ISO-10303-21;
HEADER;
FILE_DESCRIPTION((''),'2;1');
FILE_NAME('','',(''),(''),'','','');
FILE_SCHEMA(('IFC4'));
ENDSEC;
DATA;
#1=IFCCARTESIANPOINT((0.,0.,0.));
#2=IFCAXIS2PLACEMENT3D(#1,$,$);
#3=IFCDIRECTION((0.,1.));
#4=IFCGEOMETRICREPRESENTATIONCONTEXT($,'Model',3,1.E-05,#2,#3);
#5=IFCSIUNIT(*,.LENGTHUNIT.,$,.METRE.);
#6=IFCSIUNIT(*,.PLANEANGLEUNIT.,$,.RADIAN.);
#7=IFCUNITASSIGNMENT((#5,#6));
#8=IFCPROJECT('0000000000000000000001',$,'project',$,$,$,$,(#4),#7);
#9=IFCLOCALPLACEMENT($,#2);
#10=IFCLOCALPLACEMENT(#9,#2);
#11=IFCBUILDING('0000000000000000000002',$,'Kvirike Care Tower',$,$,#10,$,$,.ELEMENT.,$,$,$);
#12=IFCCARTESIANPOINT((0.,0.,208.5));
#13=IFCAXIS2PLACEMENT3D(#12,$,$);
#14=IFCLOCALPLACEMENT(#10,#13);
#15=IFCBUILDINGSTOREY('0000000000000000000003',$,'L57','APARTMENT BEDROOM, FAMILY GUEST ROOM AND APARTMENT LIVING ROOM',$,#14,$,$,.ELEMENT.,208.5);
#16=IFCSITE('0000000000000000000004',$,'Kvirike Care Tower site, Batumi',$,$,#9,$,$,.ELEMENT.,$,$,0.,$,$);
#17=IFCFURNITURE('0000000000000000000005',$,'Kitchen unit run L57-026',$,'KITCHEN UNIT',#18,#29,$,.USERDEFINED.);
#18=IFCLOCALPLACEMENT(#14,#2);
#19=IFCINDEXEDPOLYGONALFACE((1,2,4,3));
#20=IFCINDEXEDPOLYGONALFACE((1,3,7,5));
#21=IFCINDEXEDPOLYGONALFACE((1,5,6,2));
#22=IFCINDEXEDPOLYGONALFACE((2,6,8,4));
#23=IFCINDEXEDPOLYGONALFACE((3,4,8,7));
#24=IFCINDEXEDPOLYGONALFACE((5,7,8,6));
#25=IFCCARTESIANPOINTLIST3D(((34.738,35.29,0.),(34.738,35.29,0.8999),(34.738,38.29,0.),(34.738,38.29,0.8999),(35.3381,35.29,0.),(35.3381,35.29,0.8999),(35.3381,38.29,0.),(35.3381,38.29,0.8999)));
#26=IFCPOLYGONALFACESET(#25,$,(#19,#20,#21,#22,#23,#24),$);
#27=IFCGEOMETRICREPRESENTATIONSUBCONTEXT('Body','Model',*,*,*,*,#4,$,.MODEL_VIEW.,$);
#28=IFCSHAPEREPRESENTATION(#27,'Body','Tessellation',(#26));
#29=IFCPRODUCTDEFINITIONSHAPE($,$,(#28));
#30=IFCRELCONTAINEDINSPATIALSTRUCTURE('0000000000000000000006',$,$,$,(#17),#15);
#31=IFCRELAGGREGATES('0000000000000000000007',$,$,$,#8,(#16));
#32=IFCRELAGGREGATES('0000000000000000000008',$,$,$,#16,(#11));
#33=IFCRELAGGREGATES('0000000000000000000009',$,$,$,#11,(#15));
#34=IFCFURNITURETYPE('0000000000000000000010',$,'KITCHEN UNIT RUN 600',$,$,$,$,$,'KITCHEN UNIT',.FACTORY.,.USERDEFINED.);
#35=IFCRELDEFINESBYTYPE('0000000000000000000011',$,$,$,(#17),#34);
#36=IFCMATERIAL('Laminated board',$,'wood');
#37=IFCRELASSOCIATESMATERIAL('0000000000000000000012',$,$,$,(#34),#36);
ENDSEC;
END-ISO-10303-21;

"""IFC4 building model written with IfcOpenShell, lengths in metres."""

from ifc_helpers import new_model, si_unit, direction, frame, origin, origin_2d, place, context, subcontext, project, spatial, rectangle, extrude, material, type_object, element, save


model = new_model("IFC4")

# Units and contexts
model_context = context("Model", 3, precision=1e-05, world=origin(), true_north=direction((0.0, 1.0)))
body_context = subcontext(model_context, "Body", "Model", "MODEL_VIEW")
ifc_project = project(units=[si_unit("LENGTHUNIT", "METRE"), si_unit("PLANEANGLEUNIT", "RADIAN")], contexts=[model_context])

# Site, building, storey
site_placement = place(None, origin())
site = spatial("IfcSite", under=ifc_project, at=site_placement, Name="Kvirike Care Tower site, Batumi", CompositionType="ELEMENT", RefElevation=0.0)
building_placement = place(site_placement, origin())
building = spatial("IfcBuilding", under=site, at=building_placement, Name="Kvirike Care Tower", CompositionType="ELEMENT")
storey_placement = place(building_placement, frame((0.0, 0.0, 208.5)))
storey = spatial("IfcBuildingStorey", under=building, at=storey_placement, Name="L57", Description="APARTMENT BEDROOM, FAMILY GUEST ROOM AND APARTMENT LIVING ROOM", CompositionType="ELEMENT", Elevation=208.5)

# Furniture
ifc_material_1 = material(Name="Laminated board", Category="wood")
furniture_type_1 = type_object("IfcFurnitureType", Name="KITCHEN UNIT RUN 600", ElementType="KITCHEN UNIT", AssemblyPlace="FACTORY", PredefinedType="USERDEFINED", material=ifc_material_1)
furniture_1_placement = place(storey_placement, frame((35.0381, 36.79, 0.0), z_axis=(0.0, 0.0, 1.0), x_axis=(0.0, -1.0, 0.0)))
element("IfcFurniture", 1, at=furniture_1_placement, inside=storey, type_object=furniture_type_1, Name="Kitchen unit run L57-026", ObjectType="KITCHEN UNIT", PredefinedType="USERDEFINED", context=body_context, shape_type="SweptSolid", body=[
    extrude(rectangle(XDim=3.0, YDim=0.6001, at=origin_2d()), origin(), (0.0, 0.0, 1.0), 0.8999),
])

save(model, "model.ifc")
